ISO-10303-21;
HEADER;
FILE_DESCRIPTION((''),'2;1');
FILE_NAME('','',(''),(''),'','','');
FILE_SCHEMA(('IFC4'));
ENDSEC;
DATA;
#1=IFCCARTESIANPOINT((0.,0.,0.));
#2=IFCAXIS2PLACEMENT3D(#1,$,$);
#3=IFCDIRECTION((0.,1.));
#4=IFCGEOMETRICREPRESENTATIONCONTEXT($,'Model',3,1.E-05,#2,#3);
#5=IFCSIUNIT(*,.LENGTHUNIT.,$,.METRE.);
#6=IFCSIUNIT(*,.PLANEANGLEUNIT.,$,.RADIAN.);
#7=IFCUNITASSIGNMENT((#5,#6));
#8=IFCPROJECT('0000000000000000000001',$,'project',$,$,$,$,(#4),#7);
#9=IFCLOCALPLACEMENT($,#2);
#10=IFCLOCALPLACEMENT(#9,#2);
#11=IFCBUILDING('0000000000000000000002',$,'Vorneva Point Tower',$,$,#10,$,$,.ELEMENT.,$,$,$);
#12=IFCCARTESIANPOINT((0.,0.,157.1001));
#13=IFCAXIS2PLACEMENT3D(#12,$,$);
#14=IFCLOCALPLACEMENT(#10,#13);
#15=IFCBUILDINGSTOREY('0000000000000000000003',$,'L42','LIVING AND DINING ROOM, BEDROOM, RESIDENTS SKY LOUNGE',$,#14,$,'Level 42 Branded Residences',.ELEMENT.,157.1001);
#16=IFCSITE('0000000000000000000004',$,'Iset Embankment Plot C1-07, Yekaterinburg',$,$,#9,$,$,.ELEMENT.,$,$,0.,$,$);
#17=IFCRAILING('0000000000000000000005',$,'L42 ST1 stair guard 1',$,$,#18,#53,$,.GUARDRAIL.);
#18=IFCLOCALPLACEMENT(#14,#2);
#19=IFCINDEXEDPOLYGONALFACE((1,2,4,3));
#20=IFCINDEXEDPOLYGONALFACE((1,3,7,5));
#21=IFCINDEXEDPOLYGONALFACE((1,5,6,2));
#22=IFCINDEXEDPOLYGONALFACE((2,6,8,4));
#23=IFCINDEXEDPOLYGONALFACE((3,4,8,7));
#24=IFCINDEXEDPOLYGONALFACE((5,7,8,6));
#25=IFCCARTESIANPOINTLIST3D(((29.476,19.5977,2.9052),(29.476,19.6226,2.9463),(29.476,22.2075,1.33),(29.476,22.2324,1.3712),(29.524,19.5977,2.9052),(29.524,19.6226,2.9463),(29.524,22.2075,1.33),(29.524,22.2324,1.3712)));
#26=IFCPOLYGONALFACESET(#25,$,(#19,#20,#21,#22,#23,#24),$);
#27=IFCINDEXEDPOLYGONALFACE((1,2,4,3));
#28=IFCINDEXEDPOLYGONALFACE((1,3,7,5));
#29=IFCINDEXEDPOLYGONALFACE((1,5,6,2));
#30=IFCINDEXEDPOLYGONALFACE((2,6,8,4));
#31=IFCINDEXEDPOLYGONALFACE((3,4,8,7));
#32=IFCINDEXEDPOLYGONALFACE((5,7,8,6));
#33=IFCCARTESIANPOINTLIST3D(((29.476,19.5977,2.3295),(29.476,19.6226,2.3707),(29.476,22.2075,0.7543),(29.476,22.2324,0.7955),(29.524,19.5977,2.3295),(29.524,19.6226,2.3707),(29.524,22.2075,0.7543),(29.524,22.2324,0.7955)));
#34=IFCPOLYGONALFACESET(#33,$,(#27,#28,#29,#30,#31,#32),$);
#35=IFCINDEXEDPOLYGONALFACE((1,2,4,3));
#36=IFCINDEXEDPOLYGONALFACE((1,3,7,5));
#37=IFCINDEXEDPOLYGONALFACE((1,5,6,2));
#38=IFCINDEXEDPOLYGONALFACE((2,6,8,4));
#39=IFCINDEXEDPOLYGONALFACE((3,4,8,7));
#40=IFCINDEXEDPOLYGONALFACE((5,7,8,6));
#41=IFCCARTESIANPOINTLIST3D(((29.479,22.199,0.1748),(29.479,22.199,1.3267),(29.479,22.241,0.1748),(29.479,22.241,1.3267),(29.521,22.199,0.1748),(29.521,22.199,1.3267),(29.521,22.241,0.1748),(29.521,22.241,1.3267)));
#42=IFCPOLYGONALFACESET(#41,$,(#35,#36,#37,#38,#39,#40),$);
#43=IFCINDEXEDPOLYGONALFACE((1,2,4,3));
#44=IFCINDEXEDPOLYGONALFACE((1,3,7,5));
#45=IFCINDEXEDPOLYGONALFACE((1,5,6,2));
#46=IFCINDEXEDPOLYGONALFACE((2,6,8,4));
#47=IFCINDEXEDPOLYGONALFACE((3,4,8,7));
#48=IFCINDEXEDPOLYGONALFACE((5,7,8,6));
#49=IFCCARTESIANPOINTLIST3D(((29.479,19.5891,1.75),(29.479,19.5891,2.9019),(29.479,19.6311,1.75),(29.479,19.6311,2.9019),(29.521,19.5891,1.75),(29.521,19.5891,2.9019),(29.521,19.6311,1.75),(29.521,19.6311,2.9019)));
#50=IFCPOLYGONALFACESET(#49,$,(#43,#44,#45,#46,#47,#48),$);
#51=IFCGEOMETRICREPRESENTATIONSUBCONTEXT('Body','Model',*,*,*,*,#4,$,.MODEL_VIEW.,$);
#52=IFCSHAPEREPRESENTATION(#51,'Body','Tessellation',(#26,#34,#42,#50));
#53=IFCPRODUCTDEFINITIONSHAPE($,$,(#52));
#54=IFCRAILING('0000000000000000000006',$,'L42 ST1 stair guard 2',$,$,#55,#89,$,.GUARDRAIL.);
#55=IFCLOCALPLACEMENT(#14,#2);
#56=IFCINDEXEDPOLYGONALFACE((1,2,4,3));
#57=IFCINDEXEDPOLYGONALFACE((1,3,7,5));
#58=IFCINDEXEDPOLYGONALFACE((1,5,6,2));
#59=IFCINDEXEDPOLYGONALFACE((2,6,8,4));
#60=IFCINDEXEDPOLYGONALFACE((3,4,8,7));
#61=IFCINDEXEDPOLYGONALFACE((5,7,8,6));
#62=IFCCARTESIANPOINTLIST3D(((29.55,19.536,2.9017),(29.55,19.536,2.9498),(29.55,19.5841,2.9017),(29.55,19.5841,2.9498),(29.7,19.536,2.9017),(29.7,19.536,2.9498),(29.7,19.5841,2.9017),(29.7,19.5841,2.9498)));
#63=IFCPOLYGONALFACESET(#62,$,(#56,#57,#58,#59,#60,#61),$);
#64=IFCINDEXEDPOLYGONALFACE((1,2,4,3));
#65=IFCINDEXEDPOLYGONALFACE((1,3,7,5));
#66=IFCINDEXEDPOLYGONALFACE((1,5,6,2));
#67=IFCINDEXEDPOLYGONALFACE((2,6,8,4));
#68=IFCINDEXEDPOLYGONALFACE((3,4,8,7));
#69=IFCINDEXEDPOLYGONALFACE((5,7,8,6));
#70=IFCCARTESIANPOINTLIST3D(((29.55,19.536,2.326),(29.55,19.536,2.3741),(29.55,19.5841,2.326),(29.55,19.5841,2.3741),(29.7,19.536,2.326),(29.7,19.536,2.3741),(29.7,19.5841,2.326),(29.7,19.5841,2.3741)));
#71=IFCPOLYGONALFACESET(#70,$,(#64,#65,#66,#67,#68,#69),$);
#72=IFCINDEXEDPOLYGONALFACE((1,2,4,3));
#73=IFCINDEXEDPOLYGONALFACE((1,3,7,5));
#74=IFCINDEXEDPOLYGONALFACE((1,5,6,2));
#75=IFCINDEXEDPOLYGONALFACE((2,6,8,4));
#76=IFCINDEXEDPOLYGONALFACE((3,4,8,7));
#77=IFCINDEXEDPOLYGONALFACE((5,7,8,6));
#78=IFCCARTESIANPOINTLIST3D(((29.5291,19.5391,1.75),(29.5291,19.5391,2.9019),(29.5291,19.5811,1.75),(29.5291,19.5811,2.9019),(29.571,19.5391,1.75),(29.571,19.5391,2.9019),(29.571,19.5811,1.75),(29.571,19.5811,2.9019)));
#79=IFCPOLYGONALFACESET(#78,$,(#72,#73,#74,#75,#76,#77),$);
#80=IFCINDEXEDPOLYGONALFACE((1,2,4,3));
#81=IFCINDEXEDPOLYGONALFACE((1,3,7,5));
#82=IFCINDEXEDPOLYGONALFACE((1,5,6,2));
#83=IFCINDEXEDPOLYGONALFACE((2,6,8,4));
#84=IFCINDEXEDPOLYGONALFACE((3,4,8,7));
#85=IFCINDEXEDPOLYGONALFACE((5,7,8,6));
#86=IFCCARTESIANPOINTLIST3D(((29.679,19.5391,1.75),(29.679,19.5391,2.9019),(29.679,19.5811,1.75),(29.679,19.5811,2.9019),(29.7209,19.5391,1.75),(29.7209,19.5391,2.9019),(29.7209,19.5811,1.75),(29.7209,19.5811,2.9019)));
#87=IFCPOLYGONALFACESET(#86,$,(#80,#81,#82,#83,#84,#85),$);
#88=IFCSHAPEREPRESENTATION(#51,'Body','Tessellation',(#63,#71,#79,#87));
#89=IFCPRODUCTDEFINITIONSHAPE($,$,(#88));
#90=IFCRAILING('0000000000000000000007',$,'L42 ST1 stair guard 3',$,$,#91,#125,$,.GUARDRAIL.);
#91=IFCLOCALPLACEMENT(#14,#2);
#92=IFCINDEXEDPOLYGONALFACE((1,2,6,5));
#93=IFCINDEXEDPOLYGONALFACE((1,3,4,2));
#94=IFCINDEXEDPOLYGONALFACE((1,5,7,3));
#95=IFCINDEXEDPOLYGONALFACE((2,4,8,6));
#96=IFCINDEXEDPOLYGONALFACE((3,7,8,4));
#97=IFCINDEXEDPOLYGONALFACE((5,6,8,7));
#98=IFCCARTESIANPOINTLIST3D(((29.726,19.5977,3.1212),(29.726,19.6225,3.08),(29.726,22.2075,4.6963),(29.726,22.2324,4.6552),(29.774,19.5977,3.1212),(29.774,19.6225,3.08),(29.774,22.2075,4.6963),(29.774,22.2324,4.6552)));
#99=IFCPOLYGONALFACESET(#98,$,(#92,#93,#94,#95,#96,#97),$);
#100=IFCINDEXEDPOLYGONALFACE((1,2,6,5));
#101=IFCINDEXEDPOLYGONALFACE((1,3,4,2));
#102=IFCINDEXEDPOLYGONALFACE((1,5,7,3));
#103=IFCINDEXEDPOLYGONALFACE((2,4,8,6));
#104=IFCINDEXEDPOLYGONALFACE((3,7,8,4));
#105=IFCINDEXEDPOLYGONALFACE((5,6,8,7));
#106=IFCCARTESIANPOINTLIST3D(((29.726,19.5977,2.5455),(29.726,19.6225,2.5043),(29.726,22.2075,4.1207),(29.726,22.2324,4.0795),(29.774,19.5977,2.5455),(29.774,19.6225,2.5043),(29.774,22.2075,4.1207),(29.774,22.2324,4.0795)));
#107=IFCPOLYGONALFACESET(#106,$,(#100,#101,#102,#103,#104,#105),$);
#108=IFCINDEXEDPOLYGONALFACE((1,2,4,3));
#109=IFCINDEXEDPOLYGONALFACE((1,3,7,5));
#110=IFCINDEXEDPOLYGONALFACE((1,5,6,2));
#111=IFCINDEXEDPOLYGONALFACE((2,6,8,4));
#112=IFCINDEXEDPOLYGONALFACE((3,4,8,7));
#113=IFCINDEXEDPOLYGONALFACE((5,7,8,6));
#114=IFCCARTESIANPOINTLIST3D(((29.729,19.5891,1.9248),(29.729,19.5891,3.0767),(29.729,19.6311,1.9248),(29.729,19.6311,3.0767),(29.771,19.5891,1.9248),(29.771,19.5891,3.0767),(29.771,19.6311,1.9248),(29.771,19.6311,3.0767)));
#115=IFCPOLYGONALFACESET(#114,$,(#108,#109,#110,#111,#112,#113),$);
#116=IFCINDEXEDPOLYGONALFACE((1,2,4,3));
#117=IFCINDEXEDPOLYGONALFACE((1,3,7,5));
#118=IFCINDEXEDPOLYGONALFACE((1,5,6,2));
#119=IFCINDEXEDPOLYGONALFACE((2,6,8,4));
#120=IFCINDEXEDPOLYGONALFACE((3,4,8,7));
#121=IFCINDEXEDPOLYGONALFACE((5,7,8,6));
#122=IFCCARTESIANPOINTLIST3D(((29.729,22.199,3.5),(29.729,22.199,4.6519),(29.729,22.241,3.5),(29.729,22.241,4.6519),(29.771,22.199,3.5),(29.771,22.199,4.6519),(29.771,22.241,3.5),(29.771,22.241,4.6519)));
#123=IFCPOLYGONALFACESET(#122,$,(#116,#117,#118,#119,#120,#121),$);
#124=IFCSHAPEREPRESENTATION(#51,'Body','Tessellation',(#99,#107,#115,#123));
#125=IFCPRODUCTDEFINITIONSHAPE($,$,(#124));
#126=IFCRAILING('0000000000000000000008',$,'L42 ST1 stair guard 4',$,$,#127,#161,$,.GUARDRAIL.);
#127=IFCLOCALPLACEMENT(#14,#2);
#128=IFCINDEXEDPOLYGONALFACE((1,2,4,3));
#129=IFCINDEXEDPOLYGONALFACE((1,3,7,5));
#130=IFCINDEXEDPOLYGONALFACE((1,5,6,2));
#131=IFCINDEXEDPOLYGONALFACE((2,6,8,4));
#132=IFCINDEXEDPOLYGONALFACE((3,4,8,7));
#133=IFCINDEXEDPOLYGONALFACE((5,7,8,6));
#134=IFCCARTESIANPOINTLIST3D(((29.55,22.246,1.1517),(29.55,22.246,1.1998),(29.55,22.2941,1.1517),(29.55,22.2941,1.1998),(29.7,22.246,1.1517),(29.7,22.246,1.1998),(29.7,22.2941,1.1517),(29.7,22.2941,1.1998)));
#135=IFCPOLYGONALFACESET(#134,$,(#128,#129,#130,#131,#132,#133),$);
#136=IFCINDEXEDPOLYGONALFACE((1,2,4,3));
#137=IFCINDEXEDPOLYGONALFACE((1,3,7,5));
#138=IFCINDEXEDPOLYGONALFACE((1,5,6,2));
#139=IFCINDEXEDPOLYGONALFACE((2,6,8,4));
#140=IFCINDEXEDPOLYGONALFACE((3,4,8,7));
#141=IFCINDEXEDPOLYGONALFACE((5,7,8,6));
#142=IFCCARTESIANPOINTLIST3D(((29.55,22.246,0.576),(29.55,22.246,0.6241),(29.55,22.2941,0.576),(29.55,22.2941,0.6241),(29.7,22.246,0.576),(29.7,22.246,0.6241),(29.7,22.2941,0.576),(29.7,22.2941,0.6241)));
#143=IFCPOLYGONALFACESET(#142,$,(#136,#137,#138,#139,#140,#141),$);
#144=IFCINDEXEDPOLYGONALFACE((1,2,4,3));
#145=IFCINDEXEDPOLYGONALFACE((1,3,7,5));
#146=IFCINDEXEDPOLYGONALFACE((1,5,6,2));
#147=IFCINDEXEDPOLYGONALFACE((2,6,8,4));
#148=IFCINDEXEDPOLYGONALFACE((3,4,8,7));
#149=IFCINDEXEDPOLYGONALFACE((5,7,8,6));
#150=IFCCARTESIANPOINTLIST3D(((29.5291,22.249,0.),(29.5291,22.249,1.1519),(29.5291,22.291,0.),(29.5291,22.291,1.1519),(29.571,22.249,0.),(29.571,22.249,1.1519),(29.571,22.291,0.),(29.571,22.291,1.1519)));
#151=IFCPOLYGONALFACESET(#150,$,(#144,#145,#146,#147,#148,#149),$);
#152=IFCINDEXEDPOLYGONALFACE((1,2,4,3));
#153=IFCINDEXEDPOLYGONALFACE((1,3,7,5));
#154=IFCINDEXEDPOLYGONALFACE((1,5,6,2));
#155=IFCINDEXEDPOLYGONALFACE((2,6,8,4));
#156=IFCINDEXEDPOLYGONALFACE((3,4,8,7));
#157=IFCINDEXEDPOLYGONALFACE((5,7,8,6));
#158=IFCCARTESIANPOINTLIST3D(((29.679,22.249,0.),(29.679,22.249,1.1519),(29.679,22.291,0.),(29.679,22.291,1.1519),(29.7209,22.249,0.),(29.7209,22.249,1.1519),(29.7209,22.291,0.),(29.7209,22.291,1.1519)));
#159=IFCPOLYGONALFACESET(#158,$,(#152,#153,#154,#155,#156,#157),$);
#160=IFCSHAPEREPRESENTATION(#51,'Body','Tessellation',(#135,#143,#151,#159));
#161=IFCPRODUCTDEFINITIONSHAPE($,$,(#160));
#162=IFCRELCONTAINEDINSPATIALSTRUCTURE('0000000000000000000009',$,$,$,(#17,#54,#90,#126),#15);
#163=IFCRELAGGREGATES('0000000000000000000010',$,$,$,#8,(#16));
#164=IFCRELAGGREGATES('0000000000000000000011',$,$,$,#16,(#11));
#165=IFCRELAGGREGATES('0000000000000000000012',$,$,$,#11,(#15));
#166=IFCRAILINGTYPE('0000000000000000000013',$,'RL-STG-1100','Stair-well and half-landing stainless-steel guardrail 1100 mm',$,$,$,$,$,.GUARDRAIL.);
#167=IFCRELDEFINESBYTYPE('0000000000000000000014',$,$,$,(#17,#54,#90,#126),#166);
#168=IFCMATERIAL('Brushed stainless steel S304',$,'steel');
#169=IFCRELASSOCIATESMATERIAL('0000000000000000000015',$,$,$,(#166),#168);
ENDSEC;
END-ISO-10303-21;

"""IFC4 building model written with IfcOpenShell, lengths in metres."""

from ifc_helpers import new_model, si_unit, direction, frame, origin, origin_2d, place, context, subcontext, project, spatial, rectangle, extrude, material, type_object, element, save


model = new_model("IFC4")

# Units and contexts
model_context = context("Model", 3, precision=1e-05, world=origin(), true_north=direction((0.0, 1.0)))
body_context = subcontext(model_context, "Body", "Model", "MODEL_VIEW")
ifc_project = project(units=[si_unit("LENGTHUNIT", "METRE"), si_unit("PLANEANGLEUNIT", "RADIAN")], contexts=[model_context])

# Site, building, storey
site_placement = place(None, origin())
site = spatial("IfcSite", under=ifc_project, at=site_placement, Name="Iset Embankment Plot C1-07, Yekaterinburg", CompositionType="ELEMENT", RefElevation=0.0)
building_placement = place(site_placement, origin())
building = spatial("IfcBuilding", under=site, at=building_placement, Name="Vorneva Point Tower", CompositionType="ELEMENT")
storey_placement = place(building_placement, frame((0.0, 0.0, 157.1001)))
storey = spatial("IfcBuildingStorey", under=building, at=storey_placement, Name="L42", Description="LIVING AND DINING ROOM, BEDROOM, RESIDENTS SKY LOUNGE", LongName="Level 42 Branded Residences", CompositionType="ELEMENT", Elevation=157.1001)

# Shared definitions
ifc_material_1 = material(Name="Brushed stainless steel S304", Category="steel")

# Railings
railing_type_1 = type_object("IfcRailingType", Name="RL-STG-1100", Description="Stair-well and half-landing stainless-steel guardrail 1100 mm", PredefinedType="GUARDRAIL", material=ifc_material_1)
railing_1_placement = place(storey_placement, frame((29.5, 22.22, 0.1748)))
element("IfcRailing", 1, at=railing_1_placement, inside=storey, type_object=railing_type_1, Name="L42 ST1 stair guard 1", PredefinedType="GUARDRAIL", context=body_context, shape_type="SweptSolid", body=[
    extrude(rectangle(XDim=0.0481, YDim=0.0481, at=origin_2d()), frame((0.0, 0.0, 1.1758), z_axis=(0.0, -0.856147, 0.516732), x_axis=(1.0, 0.0, 0.0)), (0.0, 0.0, 1.0), 3.0483),
    extrude(rectangle(XDim=0.0481, YDim=0.0481, at=origin_2d()), frame((0.0, 0.0, 0.6001), z_axis=(0.0, -0.856147, 0.516732), x_axis=(1.0, 0.0, 0.0)), (0.0, 0.0, 1.0), 3.0483),
    extrude(rectangle(XDim=0.042, YDim=0.042, at=origin_2d()), origin(), (0.0, 0.0, 1.0), 1.1519),
    extrude(rectangle(XDim=0.042, YDim=0.042, at=origin_2d()), frame((0.0, -2.6099, 1.5752)), (0.0, 0.0, 1.0), 1.1519),
])
railing_2_placement = place(storey_placement, frame((29.55, 19.5601, 1.75)))
element("IfcRailing", 2, at=railing_2_placement, inside=storey, type_object=railing_type_1, Name="L42 ST1 stair guard 2", PredefinedType="GUARDRAIL", context=body_context, shape_type="SweptSolid", body=[
    extrude(rectangle(XDim=0.0481, YDim=0.0481, at=origin_2d()), frame((0.0, 0.0, 1.1758), z_axis=(1.0, 0.0, 0.0), x_axis=(0.0, 1.0, 0.0)), (0.0, 0.0, 1.0), 0.1499),
    extrude(rectangle(XDim=0.0481, YDim=0.0481, at=origin_2d()), frame((0.0, 0.0, 0.6001), z_axis=(1.0, 0.0, 0.0), x_axis=(0.0, 1.0, 0.0)), (0.0, 0.0, 1.0), 0.1499),
    extrude(rectangle(XDim=0.042, YDim=0.042, at=origin_2d()), origin(), (0.0, 0.0, 1.0), 1.1519),
    extrude(rectangle(XDim=0.042, YDim=0.042, at=origin_2d()), frame((0.1499, 0.0, 0.0)), (0.0, 0.0, 1.0), 1.1519),
])
railing_3_placement = place(storey_placement, frame((29.75, 19.6101, 1.9248)))
element("IfcRailing", 3, at=railing_3_placement, inside=storey, type_object=railing_type_1, Name="L42 ST1 stair guard 3", PredefinedType="GUARDRAIL", context=body_context, shape_type="SweptSolid", body=[
    extrude(rectangle(XDim=0.0481, YDim=0.0481, at=origin_2d()), frame((0.0, 0.0, 1.1758), z_axis=(0.0, 0.856147, 0.516732), x_axis=(-1.0, 0.0, 0.0)), (0.0, 0.0, 1.0), 3.0483),
    extrude(rectangle(XDim=0.0481, YDim=0.0481, at=origin_2d()), frame((0.0, 0.0, 0.6001), z_axis=(0.0, 0.856147, 0.516732), x_axis=(-1.0, 0.0, 0.0)), (0.0, 0.0, 1.0), 3.0483),
    extrude(rectangle(XDim=0.042, YDim=0.042, at=origin_2d()), origin(), (0.0, 0.0, 1.0), 1.1519),
    extrude(rectangle(XDim=0.042, YDim=0.042, at=origin_2d()), frame((0.0, 2.6099, 1.5752)), (0.0, 0.0, 1.0), 1.1519),
])
railing_4_placement = place(storey_placement, frame((29.55, 22.27, 0.0)))
element("IfcRailing", 4, at=railing_4_placement, inside=storey, type_object=railing_type_1, Name="L42 ST1 stair guard 4", PredefinedType="GUARDRAIL", context=body_context, shape_type="SweptSolid", body=[
    extrude(rectangle(XDim=0.0481, YDim=0.0481, at=origin_2d()), frame((0.0, 0.0, 1.1758), z_axis=(1.0, 0.0, 0.0), x_axis=(0.0, 1.0, 0.0)), (0.0, 0.0, 1.0), 0.1499),
    extrude(rectangle(XDim=0.0481, YDim=0.0481, at=origin_2d()), frame((0.0, 0.0, 0.6001), z_axis=(1.0, 0.0, 0.0), x_axis=(0.0, 1.0, 0.0)), (0.0, 0.0, 1.0), 0.1499),
    extrude(rectangle(XDim=0.042, YDim=0.042, at=origin_2d()), origin(), (0.0, 0.0, 1.0), 1.1519),
    extrude(rectangle(XDim=0.042, YDim=0.042, at=origin_2d()), frame((0.1499, 0.0, 0.0)), (0.0, 0.0, 1.0), 1.1519),
])

save(model, "model.ifc")
